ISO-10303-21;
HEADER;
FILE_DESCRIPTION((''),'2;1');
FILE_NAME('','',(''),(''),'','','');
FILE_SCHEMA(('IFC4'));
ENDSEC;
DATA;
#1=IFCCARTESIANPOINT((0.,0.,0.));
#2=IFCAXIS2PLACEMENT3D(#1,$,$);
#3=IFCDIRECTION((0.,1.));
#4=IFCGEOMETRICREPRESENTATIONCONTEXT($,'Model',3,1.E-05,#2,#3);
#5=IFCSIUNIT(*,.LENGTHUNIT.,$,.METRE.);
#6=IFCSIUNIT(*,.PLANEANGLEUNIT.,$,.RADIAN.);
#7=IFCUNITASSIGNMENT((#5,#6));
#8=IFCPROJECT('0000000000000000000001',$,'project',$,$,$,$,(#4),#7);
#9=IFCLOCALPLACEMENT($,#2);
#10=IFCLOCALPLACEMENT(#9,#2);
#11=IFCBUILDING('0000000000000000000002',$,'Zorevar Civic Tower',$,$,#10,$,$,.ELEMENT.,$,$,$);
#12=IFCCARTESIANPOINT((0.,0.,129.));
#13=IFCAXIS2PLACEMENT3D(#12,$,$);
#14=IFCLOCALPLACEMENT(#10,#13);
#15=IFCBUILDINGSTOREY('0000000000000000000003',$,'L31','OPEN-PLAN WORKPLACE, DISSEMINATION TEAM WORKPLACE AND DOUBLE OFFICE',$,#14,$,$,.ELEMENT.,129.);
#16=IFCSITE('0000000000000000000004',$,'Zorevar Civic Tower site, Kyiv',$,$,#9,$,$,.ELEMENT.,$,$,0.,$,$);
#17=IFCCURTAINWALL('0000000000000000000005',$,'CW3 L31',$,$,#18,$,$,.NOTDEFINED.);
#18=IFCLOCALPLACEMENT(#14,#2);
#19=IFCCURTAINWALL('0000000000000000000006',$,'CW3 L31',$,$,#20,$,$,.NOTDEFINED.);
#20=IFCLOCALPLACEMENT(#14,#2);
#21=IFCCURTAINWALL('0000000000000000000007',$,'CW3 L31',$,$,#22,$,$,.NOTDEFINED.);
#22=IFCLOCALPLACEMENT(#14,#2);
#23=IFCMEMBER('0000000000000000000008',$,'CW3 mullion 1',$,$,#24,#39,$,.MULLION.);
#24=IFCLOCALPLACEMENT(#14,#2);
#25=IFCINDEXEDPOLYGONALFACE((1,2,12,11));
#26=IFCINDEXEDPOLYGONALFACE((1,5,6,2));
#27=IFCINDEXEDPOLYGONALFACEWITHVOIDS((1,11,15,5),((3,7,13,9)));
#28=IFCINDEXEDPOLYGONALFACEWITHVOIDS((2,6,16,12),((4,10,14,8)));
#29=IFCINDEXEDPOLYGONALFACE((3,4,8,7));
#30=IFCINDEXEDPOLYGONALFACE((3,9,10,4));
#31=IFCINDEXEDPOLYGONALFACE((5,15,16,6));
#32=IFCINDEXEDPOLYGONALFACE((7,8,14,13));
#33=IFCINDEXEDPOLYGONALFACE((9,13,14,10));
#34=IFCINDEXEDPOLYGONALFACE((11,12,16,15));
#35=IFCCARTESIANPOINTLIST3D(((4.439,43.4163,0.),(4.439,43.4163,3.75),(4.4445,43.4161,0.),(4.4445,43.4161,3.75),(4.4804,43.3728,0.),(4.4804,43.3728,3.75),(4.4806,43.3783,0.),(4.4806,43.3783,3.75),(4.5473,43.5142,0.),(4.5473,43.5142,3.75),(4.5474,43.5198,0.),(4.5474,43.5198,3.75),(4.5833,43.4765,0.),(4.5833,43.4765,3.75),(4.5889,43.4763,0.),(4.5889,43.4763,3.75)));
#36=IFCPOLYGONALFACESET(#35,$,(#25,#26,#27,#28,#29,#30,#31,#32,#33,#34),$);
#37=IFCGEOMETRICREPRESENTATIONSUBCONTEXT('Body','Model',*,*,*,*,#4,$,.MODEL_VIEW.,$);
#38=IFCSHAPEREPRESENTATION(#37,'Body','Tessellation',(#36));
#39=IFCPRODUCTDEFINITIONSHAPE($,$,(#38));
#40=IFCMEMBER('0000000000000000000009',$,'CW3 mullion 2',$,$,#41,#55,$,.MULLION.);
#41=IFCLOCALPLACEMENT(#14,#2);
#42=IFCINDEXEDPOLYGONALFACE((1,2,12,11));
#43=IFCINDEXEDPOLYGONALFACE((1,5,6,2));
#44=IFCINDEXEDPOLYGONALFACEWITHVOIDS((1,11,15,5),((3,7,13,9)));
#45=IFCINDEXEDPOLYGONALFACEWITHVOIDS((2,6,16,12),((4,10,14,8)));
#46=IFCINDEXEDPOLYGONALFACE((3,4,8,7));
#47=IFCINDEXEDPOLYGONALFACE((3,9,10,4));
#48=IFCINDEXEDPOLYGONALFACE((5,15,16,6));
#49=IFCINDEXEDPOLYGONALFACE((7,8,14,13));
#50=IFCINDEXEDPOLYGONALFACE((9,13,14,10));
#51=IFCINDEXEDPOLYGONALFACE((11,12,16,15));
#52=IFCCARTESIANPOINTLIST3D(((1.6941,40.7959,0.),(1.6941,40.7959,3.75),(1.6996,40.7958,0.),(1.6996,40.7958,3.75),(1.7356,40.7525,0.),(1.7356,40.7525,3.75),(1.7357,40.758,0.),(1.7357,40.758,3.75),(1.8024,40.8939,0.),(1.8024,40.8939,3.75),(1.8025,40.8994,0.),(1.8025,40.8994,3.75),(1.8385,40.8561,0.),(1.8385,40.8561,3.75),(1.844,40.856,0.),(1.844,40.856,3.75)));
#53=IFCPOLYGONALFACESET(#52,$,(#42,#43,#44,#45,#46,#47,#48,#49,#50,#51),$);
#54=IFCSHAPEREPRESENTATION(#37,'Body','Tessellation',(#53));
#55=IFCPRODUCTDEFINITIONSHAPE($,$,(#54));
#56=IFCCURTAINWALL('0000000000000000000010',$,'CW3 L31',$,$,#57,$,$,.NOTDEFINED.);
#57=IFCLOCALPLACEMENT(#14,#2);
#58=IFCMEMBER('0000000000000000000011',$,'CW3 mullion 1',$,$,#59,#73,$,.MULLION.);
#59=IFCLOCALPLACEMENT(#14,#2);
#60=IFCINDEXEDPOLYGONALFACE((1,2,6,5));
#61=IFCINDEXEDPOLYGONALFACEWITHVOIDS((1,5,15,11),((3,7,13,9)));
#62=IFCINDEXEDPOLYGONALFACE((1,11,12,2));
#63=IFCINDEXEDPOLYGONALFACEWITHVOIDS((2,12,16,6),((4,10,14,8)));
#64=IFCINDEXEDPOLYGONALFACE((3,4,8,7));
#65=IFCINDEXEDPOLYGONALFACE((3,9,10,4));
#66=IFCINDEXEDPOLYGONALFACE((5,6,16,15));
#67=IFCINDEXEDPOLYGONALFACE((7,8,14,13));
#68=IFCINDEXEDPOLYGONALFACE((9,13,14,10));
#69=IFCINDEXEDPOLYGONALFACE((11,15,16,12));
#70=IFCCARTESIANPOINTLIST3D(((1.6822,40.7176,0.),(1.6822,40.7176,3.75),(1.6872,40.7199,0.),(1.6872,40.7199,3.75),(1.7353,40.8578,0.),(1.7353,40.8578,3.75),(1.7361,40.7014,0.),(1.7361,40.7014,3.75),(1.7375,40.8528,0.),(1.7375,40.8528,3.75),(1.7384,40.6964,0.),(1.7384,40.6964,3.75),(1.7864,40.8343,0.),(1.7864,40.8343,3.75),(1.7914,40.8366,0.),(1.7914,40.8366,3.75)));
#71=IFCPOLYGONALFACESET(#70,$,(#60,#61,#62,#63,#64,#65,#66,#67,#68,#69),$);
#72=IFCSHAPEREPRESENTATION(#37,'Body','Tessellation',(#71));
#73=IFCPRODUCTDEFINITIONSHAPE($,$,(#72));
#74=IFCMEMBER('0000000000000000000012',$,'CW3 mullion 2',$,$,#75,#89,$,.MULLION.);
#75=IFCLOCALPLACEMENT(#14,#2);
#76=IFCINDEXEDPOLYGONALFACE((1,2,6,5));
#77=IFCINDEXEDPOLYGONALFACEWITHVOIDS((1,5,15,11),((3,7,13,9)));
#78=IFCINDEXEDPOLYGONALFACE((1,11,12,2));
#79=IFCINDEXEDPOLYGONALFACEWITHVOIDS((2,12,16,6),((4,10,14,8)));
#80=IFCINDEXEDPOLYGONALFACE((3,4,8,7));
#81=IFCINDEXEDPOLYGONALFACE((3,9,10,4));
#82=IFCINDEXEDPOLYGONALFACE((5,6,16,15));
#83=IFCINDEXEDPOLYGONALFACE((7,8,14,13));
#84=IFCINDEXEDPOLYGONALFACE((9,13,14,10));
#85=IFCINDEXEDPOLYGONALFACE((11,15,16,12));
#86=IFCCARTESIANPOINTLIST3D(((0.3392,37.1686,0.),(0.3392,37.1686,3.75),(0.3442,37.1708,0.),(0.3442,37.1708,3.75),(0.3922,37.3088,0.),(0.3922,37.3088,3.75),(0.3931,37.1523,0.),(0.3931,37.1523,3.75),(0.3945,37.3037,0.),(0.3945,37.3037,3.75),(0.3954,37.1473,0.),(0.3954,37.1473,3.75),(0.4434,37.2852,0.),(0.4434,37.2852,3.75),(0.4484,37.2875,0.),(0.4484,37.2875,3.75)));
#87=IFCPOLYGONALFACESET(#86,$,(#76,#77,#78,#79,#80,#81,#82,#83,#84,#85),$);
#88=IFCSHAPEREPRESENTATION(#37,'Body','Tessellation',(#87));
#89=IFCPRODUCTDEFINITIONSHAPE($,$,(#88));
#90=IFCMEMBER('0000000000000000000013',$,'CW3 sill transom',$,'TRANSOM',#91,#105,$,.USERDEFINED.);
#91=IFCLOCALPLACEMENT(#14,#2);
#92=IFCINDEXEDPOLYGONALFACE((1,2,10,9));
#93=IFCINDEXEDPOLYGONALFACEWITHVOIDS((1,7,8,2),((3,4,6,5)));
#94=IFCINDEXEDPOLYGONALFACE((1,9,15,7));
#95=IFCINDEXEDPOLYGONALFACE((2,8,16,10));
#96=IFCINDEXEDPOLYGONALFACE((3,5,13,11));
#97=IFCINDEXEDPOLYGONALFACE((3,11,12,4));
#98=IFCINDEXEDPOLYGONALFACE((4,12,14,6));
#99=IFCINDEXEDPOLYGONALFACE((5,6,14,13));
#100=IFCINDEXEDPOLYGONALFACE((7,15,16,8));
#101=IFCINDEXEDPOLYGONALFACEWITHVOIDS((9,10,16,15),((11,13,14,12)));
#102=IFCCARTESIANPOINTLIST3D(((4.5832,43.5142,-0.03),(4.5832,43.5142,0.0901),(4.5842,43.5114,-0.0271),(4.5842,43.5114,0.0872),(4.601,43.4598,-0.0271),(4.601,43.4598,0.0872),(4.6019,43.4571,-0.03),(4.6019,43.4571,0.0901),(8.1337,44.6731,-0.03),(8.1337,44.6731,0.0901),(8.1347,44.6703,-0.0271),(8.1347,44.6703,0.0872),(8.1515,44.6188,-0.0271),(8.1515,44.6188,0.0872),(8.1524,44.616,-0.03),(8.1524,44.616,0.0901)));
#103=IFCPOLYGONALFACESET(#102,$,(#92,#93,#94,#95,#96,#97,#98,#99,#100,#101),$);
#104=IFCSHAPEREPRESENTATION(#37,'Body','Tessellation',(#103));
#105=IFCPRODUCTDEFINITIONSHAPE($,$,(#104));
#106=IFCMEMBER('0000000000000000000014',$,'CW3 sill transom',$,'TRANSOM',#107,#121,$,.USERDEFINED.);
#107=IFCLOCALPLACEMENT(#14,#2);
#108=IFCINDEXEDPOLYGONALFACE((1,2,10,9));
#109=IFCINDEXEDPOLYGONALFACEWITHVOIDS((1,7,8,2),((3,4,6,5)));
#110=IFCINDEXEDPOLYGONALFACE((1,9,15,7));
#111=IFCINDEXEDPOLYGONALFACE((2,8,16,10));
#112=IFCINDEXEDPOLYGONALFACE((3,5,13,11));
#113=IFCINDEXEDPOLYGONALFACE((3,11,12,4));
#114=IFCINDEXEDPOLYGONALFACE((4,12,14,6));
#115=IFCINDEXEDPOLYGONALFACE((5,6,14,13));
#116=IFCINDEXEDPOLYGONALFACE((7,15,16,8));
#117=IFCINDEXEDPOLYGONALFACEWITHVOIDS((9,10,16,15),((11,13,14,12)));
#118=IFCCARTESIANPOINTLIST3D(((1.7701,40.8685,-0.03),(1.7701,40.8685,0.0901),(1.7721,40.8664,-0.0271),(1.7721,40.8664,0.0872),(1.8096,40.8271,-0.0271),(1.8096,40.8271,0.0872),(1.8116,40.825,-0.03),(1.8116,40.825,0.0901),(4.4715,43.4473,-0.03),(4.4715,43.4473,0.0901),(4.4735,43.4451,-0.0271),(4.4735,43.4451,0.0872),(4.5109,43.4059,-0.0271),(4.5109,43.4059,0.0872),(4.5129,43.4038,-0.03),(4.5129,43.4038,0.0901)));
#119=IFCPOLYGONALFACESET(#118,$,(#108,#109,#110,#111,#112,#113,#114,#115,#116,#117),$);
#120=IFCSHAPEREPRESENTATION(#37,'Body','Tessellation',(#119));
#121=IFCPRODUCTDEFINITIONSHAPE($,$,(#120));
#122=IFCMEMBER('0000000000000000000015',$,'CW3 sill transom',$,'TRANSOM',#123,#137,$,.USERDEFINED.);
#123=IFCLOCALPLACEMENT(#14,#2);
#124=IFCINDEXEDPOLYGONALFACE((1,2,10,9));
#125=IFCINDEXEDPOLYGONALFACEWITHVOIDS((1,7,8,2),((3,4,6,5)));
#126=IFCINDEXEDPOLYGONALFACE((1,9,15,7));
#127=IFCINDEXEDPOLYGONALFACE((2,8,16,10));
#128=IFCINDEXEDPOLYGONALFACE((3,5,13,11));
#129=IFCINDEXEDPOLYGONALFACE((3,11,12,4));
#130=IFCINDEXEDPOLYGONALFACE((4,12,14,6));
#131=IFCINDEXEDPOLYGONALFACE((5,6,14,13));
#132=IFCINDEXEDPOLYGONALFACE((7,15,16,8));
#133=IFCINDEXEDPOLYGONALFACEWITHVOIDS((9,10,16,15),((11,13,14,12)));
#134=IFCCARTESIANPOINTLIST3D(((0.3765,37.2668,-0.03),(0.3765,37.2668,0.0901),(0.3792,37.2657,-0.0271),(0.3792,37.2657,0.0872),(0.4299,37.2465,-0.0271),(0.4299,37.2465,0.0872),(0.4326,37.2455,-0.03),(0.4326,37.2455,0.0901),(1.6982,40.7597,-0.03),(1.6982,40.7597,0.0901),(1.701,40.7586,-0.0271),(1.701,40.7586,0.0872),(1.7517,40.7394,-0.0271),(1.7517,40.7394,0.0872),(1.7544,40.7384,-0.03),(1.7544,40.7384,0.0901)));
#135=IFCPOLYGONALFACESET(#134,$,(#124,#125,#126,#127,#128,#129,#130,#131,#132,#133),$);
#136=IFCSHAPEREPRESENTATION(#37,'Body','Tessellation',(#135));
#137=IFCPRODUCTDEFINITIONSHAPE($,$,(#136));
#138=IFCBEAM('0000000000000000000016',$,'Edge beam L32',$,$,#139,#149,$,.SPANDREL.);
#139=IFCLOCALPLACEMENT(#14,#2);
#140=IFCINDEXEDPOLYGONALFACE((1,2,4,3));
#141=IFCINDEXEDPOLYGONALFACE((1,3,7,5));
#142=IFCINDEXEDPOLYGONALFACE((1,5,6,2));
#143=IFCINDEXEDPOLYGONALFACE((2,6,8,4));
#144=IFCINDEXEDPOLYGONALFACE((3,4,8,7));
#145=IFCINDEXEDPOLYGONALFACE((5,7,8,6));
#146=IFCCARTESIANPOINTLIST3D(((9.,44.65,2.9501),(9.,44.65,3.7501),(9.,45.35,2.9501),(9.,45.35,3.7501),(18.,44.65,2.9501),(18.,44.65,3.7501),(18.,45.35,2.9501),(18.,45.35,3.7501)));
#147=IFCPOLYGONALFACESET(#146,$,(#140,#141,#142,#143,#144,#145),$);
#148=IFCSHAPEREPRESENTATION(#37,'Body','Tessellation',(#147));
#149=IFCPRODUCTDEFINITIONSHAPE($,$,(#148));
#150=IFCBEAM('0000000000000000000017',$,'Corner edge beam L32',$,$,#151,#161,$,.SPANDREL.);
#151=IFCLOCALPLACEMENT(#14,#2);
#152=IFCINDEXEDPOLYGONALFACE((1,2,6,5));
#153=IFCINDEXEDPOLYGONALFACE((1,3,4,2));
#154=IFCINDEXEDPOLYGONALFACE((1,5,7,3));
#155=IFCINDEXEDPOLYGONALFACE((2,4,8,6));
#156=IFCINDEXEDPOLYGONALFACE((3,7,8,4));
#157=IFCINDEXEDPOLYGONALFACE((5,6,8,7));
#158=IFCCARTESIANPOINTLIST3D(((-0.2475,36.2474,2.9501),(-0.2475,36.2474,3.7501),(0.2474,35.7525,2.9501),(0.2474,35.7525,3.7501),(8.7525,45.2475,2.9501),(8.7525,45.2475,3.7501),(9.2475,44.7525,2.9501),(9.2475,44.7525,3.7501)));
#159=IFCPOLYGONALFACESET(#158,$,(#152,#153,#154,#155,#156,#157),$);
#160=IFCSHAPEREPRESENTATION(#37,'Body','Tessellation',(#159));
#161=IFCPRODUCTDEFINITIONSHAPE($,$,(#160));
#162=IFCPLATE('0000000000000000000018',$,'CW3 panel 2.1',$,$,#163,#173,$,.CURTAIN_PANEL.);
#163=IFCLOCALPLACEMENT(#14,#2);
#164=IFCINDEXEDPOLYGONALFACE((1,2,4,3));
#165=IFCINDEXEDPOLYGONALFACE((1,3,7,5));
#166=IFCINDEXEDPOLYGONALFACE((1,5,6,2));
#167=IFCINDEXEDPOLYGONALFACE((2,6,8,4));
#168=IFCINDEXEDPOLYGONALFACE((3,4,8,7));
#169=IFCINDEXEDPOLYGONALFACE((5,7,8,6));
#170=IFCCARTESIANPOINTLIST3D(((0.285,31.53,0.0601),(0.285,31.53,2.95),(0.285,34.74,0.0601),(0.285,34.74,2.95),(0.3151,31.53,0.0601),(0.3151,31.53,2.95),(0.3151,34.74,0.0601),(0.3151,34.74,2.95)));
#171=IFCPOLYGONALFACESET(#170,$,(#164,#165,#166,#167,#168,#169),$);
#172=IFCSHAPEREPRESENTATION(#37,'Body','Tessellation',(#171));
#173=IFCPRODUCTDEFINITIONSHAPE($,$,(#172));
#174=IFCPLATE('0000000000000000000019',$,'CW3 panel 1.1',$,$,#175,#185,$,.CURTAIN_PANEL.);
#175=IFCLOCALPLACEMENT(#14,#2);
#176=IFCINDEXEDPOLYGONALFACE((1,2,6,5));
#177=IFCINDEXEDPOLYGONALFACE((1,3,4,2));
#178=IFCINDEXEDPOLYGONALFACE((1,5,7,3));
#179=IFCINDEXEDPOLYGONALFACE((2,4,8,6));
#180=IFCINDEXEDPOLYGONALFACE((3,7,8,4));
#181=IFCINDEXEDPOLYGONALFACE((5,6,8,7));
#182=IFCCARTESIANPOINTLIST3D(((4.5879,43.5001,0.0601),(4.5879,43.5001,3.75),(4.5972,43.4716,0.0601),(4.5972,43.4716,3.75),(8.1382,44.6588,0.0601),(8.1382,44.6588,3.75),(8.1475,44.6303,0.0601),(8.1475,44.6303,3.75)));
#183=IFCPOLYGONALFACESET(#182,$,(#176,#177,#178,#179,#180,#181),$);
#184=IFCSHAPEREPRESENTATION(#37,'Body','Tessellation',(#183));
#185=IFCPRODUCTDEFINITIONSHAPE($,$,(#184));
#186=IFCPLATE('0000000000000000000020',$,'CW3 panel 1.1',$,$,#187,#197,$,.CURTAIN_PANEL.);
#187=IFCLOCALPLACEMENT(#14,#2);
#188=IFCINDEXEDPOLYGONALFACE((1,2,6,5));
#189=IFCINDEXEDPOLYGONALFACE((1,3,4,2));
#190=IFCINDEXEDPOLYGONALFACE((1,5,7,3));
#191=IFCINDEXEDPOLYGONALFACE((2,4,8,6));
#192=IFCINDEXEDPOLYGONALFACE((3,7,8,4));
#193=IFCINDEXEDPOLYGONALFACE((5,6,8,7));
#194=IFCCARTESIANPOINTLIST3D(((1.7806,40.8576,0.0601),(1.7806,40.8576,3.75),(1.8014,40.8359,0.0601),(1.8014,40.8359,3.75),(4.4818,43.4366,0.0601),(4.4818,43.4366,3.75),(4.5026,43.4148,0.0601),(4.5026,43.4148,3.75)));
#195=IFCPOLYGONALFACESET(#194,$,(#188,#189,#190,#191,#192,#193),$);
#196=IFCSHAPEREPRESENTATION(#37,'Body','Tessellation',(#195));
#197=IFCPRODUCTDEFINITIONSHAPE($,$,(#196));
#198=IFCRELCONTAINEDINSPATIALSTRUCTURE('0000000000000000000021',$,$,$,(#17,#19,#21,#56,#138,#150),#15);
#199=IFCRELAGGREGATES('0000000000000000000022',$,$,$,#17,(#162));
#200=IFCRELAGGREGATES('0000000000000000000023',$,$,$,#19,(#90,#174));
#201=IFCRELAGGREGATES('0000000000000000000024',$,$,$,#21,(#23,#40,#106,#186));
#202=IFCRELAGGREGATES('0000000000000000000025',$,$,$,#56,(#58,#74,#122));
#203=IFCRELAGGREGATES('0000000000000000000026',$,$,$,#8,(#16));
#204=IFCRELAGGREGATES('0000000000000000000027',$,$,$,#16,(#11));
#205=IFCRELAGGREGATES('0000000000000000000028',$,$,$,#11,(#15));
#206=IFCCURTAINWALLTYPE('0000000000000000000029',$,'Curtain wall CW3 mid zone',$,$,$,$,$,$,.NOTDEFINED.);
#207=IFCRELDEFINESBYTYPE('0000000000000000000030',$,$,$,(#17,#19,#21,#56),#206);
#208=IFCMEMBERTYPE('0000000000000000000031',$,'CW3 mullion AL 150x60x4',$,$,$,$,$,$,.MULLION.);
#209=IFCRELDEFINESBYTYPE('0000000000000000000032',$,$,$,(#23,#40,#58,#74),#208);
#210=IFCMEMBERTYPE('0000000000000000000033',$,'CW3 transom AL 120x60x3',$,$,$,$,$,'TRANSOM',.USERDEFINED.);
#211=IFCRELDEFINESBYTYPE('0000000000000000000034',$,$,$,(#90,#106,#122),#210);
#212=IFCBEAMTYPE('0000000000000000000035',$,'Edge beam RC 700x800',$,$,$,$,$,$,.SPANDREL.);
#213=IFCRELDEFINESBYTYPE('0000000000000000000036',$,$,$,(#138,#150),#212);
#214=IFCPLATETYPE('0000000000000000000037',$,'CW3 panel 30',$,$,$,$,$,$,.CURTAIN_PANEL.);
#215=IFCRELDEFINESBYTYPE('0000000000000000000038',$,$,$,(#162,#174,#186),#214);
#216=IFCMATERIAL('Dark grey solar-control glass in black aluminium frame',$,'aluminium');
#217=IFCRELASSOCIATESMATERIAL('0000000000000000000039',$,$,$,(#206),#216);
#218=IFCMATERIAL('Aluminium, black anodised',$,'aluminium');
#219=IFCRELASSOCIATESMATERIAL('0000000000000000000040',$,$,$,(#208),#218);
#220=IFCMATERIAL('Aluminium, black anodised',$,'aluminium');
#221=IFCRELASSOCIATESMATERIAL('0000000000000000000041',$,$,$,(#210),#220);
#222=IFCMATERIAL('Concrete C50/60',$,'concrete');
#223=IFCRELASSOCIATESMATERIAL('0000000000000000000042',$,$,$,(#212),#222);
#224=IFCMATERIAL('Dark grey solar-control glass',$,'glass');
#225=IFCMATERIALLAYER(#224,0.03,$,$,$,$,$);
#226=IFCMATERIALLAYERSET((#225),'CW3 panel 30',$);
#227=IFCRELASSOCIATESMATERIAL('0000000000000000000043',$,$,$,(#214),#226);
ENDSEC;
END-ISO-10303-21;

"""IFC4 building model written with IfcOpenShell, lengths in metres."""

from ifc_helpers import new_model, si_unit, direction, frame, origin, origin_2d, place, context, subcontext, project, spatial, rectangle, hollow_rectangle, extrude, material, layer, layer_set, material_profile, profile_set, type_object, element, aggregate, save


model = new_model("IFC4")

# Units and contexts
model_context = context("Model", 3, precision=1e-05, world=origin(), true_north=direction((0.0, 1.0)))
body_context = subcontext(model_context, "Body", "Model", "MODEL_VIEW")
ifc_project = project(units=[si_unit("LENGTHUNIT", "METRE"), si_unit("PLANEANGLEUNIT", "RADIAN")], contexts=[model_context])

# Site, building, storey
site_placement = place(None, origin())
site = spatial("IfcSite", under=ifc_project, at=site_placement, Name="Zorevar Civic Tower site, Kyiv", CompositionType="ELEMENT", RefElevation=0.0)
building_placement = place(site_placement, origin())
building = spatial("IfcBuilding", under=site, at=building_placement, Name="Zorevar Civic Tower", CompositionType="ELEMENT")
storey_placement = place(building_placement, frame((0.0, 0.0, 129.0)))
storey = spatial("IfcBuildingStorey", under=building, at=storey_placement, Name="L31", Description="OPEN-PLAN WORKPLACE, DISSEMINATION TEAM WORKPLACE AND DOUBLE OFFICE", CompositionType="ELEMENT", Elevation=129.0)

# Curtain walls, members
ifc_material_1 = material(Name="Dark grey solar-control glass in black aluminium frame", Category="aluminium")
curtain_wall_type = type_object("IfcCurtainWallType", Name="Curtain wall CW3 mid zone", PredefinedType="NOTDEFINED", material=ifc_material_1)
curtain_wall_1_placement = place(storey_placement, origin())
curtain_wall_1 = element("IfcCurtainWall", 1, at=curtain_wall_1_placement, inside=storey, type_object=curtain_wall_type, Name="CW3 L31", PredefinedType="NOTDEFINED")
ifc_material_2 = material(Name="Aluminium, black anodised", Category="aluminium")
ifc_material_profile_1 = material_profile(ifc_material_2, hollow_rectangle(XDim=0.0601, YDim=0.1499, WallThickness=0.0039, at=origin_2d()), Name="AL 150x60x4")
ifc_profile_set_1 = profile_set([ifc_material_profile_1], Name="Aluminium, black anodised")
member_type_1 = type_object("IfcMemberType", Name="CW3 mullion AL 150x60x4", PredefinedType="MULLION", material=ifc_profile_set_1)
curtain_wall_2_placement = place(storey_placement, origin())
curtain_wall_2 = element("IfcCurtainWall", 2, at=curtain_wall_2_placement, inside=storey, type_object=curtain_wall_type, Name="CW3 L31", PredefinedType="NOTDEFINED")
curtain_wall_3_placement = place(storey_placement, origin())
curtain_wall_3 = element("IfcCurtainWall", 3, at=curtain_wall_3_placement, inside=storey, type_object=curtain_wall_type, Name="CW3 L31", PredefinedType="NOTDEFINED")
member_1_placement = place(storey_placement, frame((4.5139, 43.4463, 0.0), z_axis=(0.0, 0.0, 1.0), x_axis=(0.690545, -0.723289, 0.0)))
member_1 = element("IfcMember", 4, at=member_1_placement, type_object=member_type_1, Name="CW3 mullion 1", PredefinedType="MULLION", context=body_context, shape_type="SweptSolid", body=[
    extrude(hollow_rectangle(XDim=0.0601, YDim=0.1499, WallThickness=0.0039, at=origin_2d()), origin(), (0.0, 0.0, 1.0), 3.75),
])
member_2_placement = place(storey_placement, frame((1.769, 40.8259, 0.0), z_axis=(0.0, 0.0, 1.0), x_axis=(0.690545, -0.723289, 0.0)))
member_2 = element("IfcMember", 5, at=member_2_placement, type_object=member_type_1, Name="CW3 mullion 2", PredefinedType="MULLION", context=body_context, shape_type="SweptSolid", body=[
    extrude(hollow_rectangle(XDim=0.0601, YDim=0.1499, WallThickness=0.0039, at=origin_2d()), origin(), (0.0, 0.0, 1.0), 3.75),
])
curtain_wall_4_placement = place(storey_placement, origin())
curtain_wall_4 = element("IfcCurtainWall", 6, at=curtain_wall_4_placement, inside=storey, type_object=curtain_wall_type, Name="CW3 L31", PredefinedType="NOTDEFINED")
member_3_placement = place(storey_placement, frame((1.7368, 40.7771, 0.0), z_axis=(0.0, 0.0, 1.0), x_axis=(0.935277, -0.353918, 0.0)))
member_3 = element("IfcMember", 7, at=member_3_placement, type_object=member_type_1, Name="CW3 mullion 1", PredefinedType="MULLION", context=body_context, shape_type="SweptSolid", body=[
    extrude(hollow_rectangle(XDim=0.0601, YDim=0.1499, WallThickness=0.0039, at=origin_2d()), origin(), (0.0, 0.0, 1.0), 3.75),
])
member_4_placement = place(storey_placement, frame((0.3938, 37.228, 0.0), z_axis=(0.0, 0.0, 1.0), x_axis=(0.935277, -0.353918, 0.0)))
member_4 = element("IfcMember", 8, at=member_4_placement, type_object=member_type_1, Name="CW3 mullion 2", PredefinedType="MULLION", context=body_context, shape_type="SweptSolid", body=[
    extrude(hollow_rectangle(XDim=0.0601, YDim=0.1499, WallThickness=0.0039, at=origin_2d()), origin(), (0.0, 0.0, 1.0), 3.75),
])

# Members
ifc_material_3 = material(Name="Aluminium, black anodised", Category="aluminium")
ifc_material_profile_2 = material_profile(ifc_material_3, hollow_rectangle(XDim=0.0601, YDim=0.1201, WallThickness=0.0029, at=origin_2d()), Name="AL 120x60x3")
ifc_profile_set_2 = profile_set([ifc_material_profile_2], Name="Aluminium, black anodised")
member_type_2 = type_object("IfcMemberType", Name="CW3 transom AL 120x60x3", ElementType="TRANSOM", PredefinedType="USERDEFINED", material=ifc_profile_set_2)
member_5_placement = place(storey_placement, frame((8.1431, 44.6445, 0.03), z_axis=(-0.950639, -0.310299, 0.0), x_axis=(0.310299, -0.950639, 0.0)))
member_5 = element("IfcMember", 9, at=member_5_placement, type_object=member_type_2, Name="CW3 sill transom", ObjectType="TRANSOM", PredefinedType="USERDEFINED", context=body_context, shape_type="SweptSolid", body=[
    extrude(hollow_rectangle(XDim=0.0601, YDim=0.1201, WallThickness=0.0029, at=origin_2d()), origin(), (0.0, 0.0, 1.0), 3.7349),
])
member_6_placement = place(storey_placement, frame((4.4922, 43.4255, 0.03), z_axis=(-0.723324, -0.690508, 0.0), x_axis=(0.690508, -0.723324, 0.0)))
member_6 = element("IfcMember", 10, at=member_6_placement, type_object=member_type_2, Name="CW3 sill transom", ObjectType="TRANSOM", PredefinedType="USERDEFINED", context=body_context, shape_type="SweptSolid", body=[
    extrude(hollow_rectangle(XDim=0.0601, YDim=0.1201, WallThickness=0.0029, at=origin_2d()), origin(), (0.0, 0.0, 1.0), 3.7346),
])
member_7_placement = place(storey_placement, frame((1.7263, 40.749, 0.03), z_axis=(-0.353923, -0.935275, 0.0), x_axis=(0.935275, -0.353923, 0.0)))
member_7 = element("IfcMember", 11, at=member_7_placement, type_object=member_type_2, Name="CW3 sill transom", ObjectType="TRANSOM", PredefinedType="USERDEFINED", context=body_context, shape_type="SweptSolid", body=[
    extrude(hollow_rectangle(XDim=0.0601, YDim=0.1201, WallThickness=0.0029, at=origin_2d()), origin(), (0.0, 0.0, 1.0), 3.7346),
])

# Beams
ifc_material_4 = material(Name="Concrete C50/60", Category="concrete")
ifc_material_profile_3 = material_profile(ifc_material_4, rectangle(XDim=0.7, YDim=0.8, at=origin_2d()), Name="RC 700x800")
ifc_profile_set_3 = profile_set([ifc_material_profile_3], Name="Concrete C50/60")
beam_type_1 = type_object("IfcBeamType", Name="Edge beam RC 700x800", PredefinedType="SPANDREL", material=ifc_profile_set_3)
beam_1_placement = place(storey_placement, frame((9.0, 45.0, 3.3501), z_axis=(1.0, 0.0, 0.0), x_axis=(0.0, 1.0, 0.0)))
element("IfcBeam", 12, at=beam_1_placement, inside=storey, type_object=beam_type_1, Name="Edge beam L32", PredefinedType="SPANDREL", context=body_context, shape_type="SweptSolid", body=[
    extrude(rectangle(XDim=0.7, YDim=0.8, at=origin_2d()), origin(), (0.0, 0.0, 1.0), 9.0),
])
beam_2_placement = place(storey_placement, frame((9.0, 45.0, 3.3501), z_axis=(-0.707107, -0.707107, 0.0), x_axis=(0.707107, -0.707107, 0.0)))
element("IfcBeam", 13, at=beam_2_placement, inside=storey, type_object=beam_type_1, Name="Corner edge beam L32", PredefinedType="SPANDREL", context=body_context, shape_type="SweptSolid", body=[
    extrude(rectangle(XDim=0.7, YDim=0.8, at=origin_2d()), origin(), (0.0, 0.0, 1.0), 12.728),
])

# Plates
ifc_material_5 = material(Name="Dark grey solar-control glass", Category="glass")
ifc_layer_1 = layer(ifc_material_5, 0.03)
ifc_layer_set_1 = layer_set([ifc_layer_1], Name="CW3 panel 30")
plate_type = type_object("IfcPlateType", Name="CW3 panel 30", PredefinedType="CURTAIN_PANEL", material=ifc_layer_set_1)
plate_1_placement = place(storey_placement, frame((0.3, 33.135, 0.0601), z_axis=(0.0, 0.0, 1.0), x_axis=(0.0, 1.0, 0.0)))
plate_1 = element("IfcPlate", 14, at=plate_1_placement, type_object=plate_type, Name="CW3 panel 2.1", PredefinedType="CURTAIN_PANEL", context=body_context, shape_type="SweptSolid", body=[
    extrude(rectangle(XDim=3.21, YDim=0.03, at=origin_2d()), origin(), (0.0, 0.0, 1.0), 2.8899),
])
aggregate(curtain_wall_1, [plate_1])
plate_2_placement = place(storey_placement, frame((6.3677, 44.0652, 0.0601), z_axis=(0.0, 0.0, 1.0), x_axis=(-0.950651, -0.310263, 0.0)))
plate_2 = element("IfcPlate", 15, at=plate_2_placement, type_object=plate_type, Name="CW3 panel 1.1", PredefinedType="CURTAIN_PANEL", context=body_context, shape_type="SweptSolid", body=[
    extrude(rectangle(XDim=3.7346, YDim=0.03, at=origin_2d()), origin(), (0.0, 0.0, 1.0), 3.6899),
])
aggregate(curtain_wall_2, [member_5, plate_2])
plate_3_placement = place(storey_placement, frame((3.1416, 42.1362, 0.0601), z_axis=(0.0, 0.0, 1.0), x_axis=(-0.723289, -0.690545, 0.0)))
plate_3 = element("IfcPlate", 16, at=plate_3_placement, type_object=plate_type, Name="CW3 panel 1.1", PredefinedType="CURTAIN_PANEL", context=body_context, shape_type="SweptSolid", body=[
    extrude(rectangle(XDim=3.7346, YDim=0.03, at=origin_2d()), origin(), (0.0, 0.0, 1.0), 3.6899),
])
aggregate(curtain_wall_3, [member_1, member_2, member_6, plate_3])
aggregate(curtain_wall_4, [member_3, member_4, member_7])

save(model, "model.ifc")
